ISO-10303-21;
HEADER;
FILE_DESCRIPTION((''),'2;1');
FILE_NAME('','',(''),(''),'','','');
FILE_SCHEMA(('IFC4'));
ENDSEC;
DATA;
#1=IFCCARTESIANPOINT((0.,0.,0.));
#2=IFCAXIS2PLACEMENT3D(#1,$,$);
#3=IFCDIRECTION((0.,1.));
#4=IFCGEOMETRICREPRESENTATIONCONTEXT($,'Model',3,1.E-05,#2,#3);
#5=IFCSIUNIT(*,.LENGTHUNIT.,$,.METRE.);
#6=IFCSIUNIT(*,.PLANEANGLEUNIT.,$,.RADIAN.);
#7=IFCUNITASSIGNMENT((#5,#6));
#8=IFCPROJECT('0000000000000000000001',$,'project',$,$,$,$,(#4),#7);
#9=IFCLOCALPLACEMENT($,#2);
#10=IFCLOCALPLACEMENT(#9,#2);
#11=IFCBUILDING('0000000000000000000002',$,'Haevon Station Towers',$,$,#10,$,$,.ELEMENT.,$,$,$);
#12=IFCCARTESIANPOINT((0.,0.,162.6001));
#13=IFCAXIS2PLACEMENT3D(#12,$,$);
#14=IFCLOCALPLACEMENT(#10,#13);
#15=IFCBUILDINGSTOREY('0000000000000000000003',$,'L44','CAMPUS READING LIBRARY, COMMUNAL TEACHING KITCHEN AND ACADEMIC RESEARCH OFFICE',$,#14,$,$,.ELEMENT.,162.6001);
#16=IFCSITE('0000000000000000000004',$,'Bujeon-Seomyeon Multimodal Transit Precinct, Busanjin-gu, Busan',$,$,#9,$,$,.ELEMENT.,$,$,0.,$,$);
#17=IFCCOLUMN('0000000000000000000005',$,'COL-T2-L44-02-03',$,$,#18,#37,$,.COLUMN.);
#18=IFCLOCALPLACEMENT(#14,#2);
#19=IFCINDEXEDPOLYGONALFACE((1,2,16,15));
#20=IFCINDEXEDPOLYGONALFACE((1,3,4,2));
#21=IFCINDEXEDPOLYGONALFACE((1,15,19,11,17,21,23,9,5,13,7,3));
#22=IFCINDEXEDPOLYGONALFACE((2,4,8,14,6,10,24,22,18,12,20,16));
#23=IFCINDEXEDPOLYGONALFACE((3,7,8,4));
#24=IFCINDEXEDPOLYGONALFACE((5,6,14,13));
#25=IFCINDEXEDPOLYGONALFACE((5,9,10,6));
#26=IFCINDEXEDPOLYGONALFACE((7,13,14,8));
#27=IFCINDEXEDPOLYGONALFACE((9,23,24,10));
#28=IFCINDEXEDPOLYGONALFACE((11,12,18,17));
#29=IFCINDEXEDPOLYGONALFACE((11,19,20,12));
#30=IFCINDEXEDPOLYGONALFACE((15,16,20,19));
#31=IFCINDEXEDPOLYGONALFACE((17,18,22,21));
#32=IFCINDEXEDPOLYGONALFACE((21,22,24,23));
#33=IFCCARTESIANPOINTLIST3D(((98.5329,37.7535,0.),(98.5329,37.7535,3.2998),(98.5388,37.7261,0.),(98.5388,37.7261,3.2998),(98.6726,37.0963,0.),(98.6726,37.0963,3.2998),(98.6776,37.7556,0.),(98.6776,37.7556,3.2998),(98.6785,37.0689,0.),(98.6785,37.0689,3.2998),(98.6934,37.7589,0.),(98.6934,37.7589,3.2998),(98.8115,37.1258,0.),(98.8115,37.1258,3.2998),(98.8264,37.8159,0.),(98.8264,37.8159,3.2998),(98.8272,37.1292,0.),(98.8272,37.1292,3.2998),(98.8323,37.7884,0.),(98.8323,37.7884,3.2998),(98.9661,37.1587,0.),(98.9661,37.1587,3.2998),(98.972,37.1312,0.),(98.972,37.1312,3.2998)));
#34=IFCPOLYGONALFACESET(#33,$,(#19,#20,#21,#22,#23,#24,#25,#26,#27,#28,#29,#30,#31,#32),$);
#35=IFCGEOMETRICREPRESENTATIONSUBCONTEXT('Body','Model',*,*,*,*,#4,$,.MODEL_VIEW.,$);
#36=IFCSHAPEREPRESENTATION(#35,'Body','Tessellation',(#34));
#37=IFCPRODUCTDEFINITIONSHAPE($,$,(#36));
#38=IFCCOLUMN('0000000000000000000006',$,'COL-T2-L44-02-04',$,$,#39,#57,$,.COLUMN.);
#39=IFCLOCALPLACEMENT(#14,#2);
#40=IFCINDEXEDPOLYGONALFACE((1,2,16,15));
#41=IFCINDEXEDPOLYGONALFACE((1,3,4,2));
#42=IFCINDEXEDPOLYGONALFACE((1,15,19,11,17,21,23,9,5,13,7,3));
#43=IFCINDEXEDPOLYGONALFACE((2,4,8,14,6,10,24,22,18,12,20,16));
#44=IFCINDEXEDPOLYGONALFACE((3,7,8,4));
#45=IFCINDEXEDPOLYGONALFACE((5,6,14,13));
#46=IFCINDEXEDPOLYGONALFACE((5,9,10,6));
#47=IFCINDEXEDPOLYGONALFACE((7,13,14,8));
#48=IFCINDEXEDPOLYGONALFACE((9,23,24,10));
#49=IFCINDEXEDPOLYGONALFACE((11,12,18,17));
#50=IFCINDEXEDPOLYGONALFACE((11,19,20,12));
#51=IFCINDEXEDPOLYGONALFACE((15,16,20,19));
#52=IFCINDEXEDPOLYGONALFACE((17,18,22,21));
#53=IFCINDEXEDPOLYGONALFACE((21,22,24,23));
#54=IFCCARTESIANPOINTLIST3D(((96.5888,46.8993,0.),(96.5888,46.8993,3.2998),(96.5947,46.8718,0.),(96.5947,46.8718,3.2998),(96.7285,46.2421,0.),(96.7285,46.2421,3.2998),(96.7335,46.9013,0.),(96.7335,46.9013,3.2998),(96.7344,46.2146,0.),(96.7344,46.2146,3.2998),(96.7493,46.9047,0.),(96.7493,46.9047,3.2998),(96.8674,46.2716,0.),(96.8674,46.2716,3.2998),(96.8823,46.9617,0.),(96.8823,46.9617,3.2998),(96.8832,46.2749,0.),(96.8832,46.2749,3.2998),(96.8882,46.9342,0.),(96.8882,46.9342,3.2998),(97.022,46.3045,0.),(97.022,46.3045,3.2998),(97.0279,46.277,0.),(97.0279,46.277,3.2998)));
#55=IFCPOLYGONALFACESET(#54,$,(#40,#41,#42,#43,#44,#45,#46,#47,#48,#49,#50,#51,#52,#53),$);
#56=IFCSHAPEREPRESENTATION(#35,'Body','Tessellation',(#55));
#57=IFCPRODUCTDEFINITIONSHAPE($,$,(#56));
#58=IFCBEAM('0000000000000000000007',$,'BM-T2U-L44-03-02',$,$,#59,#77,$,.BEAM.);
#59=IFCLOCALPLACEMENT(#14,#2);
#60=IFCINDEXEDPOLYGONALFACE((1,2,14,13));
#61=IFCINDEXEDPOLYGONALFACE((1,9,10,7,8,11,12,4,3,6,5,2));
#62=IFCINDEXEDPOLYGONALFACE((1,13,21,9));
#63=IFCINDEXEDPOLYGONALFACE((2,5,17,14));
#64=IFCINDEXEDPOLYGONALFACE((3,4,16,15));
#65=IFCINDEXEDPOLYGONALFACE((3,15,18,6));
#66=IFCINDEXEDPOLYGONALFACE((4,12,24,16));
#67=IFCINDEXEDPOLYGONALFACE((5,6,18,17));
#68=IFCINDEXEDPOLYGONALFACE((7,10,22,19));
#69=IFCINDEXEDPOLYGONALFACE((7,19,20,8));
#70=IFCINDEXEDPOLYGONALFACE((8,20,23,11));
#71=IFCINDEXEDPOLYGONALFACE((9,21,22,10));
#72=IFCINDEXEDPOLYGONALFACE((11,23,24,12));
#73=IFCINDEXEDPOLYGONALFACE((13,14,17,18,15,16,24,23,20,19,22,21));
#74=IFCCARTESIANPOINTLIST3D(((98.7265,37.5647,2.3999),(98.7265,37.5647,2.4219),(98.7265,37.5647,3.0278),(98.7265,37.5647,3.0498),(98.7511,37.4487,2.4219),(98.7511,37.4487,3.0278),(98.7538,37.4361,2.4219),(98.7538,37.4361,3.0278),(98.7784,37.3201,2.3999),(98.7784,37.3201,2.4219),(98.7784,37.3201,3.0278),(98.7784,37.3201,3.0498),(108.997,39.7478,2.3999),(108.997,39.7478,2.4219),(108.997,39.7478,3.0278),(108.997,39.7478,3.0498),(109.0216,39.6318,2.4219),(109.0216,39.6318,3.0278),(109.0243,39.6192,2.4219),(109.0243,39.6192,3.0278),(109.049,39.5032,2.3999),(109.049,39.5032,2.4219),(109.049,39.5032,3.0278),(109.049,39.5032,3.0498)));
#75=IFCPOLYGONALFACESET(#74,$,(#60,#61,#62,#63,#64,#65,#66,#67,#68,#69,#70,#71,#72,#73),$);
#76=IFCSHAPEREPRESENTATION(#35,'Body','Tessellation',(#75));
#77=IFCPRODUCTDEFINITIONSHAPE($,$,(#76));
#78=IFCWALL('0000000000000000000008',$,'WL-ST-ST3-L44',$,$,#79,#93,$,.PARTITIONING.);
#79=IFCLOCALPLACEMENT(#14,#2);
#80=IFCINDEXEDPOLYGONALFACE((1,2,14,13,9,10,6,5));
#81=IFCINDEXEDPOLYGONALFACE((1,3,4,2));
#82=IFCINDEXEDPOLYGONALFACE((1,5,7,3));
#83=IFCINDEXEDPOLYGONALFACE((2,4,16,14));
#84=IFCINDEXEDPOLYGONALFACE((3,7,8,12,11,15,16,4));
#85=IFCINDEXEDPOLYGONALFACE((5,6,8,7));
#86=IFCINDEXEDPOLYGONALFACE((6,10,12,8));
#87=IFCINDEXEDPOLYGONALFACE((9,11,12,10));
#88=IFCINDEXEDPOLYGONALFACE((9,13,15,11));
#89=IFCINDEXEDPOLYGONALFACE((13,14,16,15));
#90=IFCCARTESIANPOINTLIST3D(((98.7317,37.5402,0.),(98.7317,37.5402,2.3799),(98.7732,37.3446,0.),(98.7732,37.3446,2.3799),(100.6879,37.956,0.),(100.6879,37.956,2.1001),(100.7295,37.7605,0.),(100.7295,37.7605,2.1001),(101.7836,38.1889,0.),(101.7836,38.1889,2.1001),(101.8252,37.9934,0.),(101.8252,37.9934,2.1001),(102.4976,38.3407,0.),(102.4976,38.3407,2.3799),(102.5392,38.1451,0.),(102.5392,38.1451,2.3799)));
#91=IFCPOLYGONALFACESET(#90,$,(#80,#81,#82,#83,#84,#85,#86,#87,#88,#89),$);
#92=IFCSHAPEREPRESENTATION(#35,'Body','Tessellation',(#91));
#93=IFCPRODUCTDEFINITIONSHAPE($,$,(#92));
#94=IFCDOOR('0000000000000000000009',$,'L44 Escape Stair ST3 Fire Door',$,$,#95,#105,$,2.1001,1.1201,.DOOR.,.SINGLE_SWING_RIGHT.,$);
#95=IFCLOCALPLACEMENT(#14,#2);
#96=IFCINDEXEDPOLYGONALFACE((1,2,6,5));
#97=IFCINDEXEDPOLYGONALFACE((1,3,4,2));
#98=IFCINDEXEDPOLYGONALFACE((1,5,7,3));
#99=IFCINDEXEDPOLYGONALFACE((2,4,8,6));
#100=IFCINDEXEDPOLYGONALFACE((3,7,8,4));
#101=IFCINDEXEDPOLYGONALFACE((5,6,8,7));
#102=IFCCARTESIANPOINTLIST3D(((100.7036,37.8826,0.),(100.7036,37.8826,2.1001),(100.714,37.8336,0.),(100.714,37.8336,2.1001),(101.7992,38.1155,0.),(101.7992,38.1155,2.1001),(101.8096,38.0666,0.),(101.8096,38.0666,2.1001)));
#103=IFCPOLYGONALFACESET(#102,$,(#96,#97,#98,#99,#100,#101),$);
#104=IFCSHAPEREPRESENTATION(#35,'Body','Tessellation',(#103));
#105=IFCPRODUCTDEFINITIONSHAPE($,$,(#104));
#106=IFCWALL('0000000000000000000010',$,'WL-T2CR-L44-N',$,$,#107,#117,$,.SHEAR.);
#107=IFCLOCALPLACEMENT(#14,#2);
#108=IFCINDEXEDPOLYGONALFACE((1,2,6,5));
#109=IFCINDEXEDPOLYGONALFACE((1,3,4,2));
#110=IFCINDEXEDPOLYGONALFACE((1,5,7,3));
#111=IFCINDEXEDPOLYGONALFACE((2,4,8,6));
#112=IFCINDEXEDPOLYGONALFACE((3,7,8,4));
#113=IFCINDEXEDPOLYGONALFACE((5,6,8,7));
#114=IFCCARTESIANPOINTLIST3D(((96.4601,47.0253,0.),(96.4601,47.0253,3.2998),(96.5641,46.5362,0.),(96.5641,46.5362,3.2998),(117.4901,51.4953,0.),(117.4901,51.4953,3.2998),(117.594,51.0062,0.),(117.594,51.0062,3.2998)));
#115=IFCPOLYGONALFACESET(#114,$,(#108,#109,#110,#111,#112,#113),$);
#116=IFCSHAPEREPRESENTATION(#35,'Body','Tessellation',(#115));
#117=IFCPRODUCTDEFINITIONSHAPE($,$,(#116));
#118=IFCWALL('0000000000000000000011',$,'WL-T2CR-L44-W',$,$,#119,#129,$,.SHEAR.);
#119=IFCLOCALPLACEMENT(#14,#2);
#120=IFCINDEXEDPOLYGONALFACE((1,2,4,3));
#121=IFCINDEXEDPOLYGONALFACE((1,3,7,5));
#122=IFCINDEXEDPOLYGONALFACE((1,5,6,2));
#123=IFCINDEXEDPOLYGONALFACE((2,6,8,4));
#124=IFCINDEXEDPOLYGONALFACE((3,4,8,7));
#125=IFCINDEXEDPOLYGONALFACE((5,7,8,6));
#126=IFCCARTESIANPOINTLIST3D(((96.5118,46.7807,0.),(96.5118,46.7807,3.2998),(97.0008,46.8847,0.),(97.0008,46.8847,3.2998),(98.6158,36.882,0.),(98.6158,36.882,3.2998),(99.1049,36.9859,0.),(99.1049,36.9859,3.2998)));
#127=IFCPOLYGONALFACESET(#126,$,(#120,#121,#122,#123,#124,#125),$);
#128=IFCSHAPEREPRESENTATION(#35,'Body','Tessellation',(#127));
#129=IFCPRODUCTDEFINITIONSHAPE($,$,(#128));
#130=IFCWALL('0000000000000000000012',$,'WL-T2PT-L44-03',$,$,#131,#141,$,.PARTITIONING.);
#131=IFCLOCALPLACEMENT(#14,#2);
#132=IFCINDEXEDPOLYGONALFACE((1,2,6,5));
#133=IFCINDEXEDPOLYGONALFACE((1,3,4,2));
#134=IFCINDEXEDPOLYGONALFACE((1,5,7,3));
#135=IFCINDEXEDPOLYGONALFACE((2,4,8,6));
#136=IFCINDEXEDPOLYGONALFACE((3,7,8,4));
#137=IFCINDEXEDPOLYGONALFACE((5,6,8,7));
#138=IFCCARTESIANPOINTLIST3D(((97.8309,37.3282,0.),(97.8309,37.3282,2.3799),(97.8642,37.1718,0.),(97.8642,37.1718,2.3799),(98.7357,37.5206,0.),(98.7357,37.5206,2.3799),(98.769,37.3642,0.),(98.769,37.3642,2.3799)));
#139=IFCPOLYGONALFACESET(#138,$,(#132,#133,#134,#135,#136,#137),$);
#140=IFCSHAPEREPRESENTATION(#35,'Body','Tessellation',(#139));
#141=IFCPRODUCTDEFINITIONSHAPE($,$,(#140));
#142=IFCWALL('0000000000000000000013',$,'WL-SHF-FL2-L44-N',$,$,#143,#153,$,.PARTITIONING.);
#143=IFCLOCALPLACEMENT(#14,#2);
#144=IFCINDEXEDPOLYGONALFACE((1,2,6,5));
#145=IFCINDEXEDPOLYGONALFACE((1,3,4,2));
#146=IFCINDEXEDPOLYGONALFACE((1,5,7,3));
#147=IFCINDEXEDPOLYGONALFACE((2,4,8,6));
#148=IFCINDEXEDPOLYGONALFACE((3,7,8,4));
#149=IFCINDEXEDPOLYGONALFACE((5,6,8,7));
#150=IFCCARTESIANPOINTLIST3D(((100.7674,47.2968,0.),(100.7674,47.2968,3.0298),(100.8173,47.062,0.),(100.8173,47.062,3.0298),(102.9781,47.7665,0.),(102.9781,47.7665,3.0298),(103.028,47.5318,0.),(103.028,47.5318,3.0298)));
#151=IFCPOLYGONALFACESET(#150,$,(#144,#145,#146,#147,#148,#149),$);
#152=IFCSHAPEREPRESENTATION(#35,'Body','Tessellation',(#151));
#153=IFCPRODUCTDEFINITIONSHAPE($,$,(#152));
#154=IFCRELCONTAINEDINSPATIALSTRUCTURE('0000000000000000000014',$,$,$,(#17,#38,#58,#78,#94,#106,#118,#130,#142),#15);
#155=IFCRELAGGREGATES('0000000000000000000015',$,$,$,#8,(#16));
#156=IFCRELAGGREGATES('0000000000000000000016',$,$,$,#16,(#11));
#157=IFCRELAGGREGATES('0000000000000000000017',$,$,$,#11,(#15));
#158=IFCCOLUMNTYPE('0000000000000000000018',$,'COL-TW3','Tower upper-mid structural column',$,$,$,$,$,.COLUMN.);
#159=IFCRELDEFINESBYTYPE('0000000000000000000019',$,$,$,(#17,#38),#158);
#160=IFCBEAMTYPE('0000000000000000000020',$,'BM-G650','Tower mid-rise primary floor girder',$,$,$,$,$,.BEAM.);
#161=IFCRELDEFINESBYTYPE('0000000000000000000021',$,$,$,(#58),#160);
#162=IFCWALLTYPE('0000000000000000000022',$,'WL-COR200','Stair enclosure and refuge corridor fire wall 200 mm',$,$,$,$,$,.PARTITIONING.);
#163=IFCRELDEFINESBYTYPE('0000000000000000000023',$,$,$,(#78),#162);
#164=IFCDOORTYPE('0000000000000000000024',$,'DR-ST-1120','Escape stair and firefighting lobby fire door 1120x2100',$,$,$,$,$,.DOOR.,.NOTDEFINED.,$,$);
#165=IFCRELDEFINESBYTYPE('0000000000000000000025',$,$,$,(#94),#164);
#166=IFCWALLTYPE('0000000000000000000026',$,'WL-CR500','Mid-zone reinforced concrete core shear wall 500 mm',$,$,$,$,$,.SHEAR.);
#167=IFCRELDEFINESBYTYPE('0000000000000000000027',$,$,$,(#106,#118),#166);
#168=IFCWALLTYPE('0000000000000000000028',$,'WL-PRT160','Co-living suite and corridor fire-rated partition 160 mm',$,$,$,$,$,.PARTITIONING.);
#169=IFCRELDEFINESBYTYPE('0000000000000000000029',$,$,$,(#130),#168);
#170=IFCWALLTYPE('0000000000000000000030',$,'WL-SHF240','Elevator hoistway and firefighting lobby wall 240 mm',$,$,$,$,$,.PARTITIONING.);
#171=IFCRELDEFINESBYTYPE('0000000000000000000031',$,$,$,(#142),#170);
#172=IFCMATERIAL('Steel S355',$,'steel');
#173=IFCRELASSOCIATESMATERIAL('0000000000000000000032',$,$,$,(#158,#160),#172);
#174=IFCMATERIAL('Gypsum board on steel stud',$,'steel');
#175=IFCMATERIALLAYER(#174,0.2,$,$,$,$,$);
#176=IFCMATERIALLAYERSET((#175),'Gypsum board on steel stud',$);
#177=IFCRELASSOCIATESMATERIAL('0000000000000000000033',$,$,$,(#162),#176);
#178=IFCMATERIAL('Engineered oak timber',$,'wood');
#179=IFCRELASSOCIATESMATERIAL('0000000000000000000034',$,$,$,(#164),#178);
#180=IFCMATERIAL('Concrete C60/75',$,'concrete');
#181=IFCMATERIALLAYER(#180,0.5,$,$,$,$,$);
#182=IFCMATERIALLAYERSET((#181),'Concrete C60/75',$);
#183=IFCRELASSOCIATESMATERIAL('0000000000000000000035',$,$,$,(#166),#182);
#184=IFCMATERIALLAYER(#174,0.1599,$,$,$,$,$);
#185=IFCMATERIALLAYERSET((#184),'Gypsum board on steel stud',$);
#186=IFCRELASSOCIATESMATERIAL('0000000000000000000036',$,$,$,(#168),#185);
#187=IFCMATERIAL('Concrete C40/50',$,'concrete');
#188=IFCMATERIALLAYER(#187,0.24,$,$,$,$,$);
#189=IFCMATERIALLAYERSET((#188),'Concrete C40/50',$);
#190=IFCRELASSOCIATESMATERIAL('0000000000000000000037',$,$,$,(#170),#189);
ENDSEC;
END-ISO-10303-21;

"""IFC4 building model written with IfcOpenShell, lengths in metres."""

from ifc_helpers import new_model, si_unit, direction, frame, frame_2d, origin, origin_2d, place, context, subcontext, project, spatial, rectangle, i_section, extrude, material, layer, layer_set, material_profile, profile_set, type_object, element, fill, save


model = new_model("IFC4")

# Units and contexts
model_context = context("Model", 3, precision=1e-05, world=origin(), true_north=direction((0.0, 1.0)))
body_context = subcontext(model_context, "Body", "Model", "MODEL_VIEW")
ifc_project = project(units=[si_unit("LENGTHUNIT", "METRE"), si_unit("PLANEANGLEUNIT", "RADIAN")], contexts=[model_context])

# Site, building, storey
site_placement = place(None, origin())
site = spatial("IfcSite", under=ifc_project, at=site_placement, Name="Bujeon-Seomyeon Multimodal Transit Precinct, Busanjin-gu, Busan", CompositionType="ELEMENT", RefElevation=0.0)
building_placement = place(site_placement, origin())
building = spatial("IfcBuilding", under=site, at=building_placement, Name="Haevon Station Towers", CompositionType="ELEMENT")
storey_placement = place(building_placement, frame((0.0, 0.0, 162.6001)))
storey = spatial("IfcBuildingStorey", under=building, at=storey_placement, Name="L44", Description="CAMPUS READING LIBRARY, COMMUNAL TEACHING KITCHEN AND ACADEMIC RESEARCH OFFICE", CompositionType="ELEMENT", Elevation=162.6001)

# Columns
ifc_material_1 = material(Name="Steel S355", Category="steel")
ifc_material_profile_1 = material_profile(ifc_material_1, i_section(OverallWidth=0.3, OverallDepth=0.7, WebThickness=0.0161, FlangeThickness=0.0281, at=origin_2d()), Name="H-700x300x16x28")
ifc_profile_set_1 = profile_set([ifc_material_profile_1], Name="Steel S355")
column_type = type_object("IfcColumnType", Name="COL-TW3", Description="Tower upper-mid structural column", PredefinedType="COLUMN", material=ifc_profile_set_1)
for number, where, z_axis, x_axis, name in (
    (1, (98.7524, 37.4424, 0.0), (0.0, 0.0, 1.0), (0.978148, 0.207912, 0.0), "COL-T2-L44-02-03"),
    (2, (96.8083, 46.5881, 0.0), (0.0, 0.0, 1.0), (0.978148, 0.207912, 0.0), "COL-T2-L44-02-04"),
):
    element("IfcColumn", number, at=place(storey_placement, frame(where, z_axis=z_axis, x_axis=x_axis)), inside=storey, type_object=column_type, Name=name, PredefinedType="COLUMN", context=body_context, shape_type="SweptSolid", body=[
        extrude(i_section(OverallWidth=0.3, OverallDepth=0.7, WebThickness=0.0161, FlangeThickness=0.0281, at=origin_2d()), origin(), (0.0, 0.0, 1.0), 3.2998),
    ])

# Beam
ifc_material_profile_2 = material_profile(ifc_material_1, i_section(OverallWidth=0.25, OverallDepth=0.6499, WebThickness=0.0129, FlangeThickness=0.022, at=origin_2d()), Name="H-650x250x13x22")
ifc_profile_set_2 = profile_set([ifc_material_profile_2], Name="Steel S355")
beam_type = type_object("IfcBeamType", Name="BM-G650", Description="Tower mid-rise primary floor girder", PredefinedType="BEAM", material=ifc_profile_set_2)
beam_placement = place(storey_placement, frame((98.7524, 37.4424, 2.7249), z_axis=(0.978147, 0.207915, 0.0), x_axis=(-0.207915, 0.978147, 0.0)))
element("IfcBeam", 3, at=beam_placement, inside=storey, type_object=beam_type, Name="BM-T2U-L44-03-02", PredefinedType="BEAM", context=body_context, shape_type="SweptSolid", body=[
    extrude(i_section(OverallWidth=0.25, OverallDepth=0.6499, WebThickness=0.0129, FlangeThickness=0.022, at=origin_2d()), origin(), (0.0, 0.0, 1.0), 10.5),
])

# Wall, opening, door
ifc_material_2 = material(Name="Gypsum board on steel stud", Category="steel")
ifc_layer_1 = layer(ifc_material_2, 0.2)
ifc_layer_set_1 = layer_set([ifc_layer_1], Name="Gypsum board on steel stud")
wall_type_1 = type_object("IfcWallType", Name="WL-COR200", Description="Stair enclosure and refuge corridor fire wall 200 mm", PredefinedType="PARTITIONING", material=ifc_layer_set_1)
wall_1_placement = place(storey_placement, frame((98.7524, 37.4424, 0.0), z_axis=(0.0, 0.0, 1.0), x_axis=(0.978144, 0.207931, 0.0)))
wall_1 = element("IfcWall", 4, at=wall_1_placement, inside=storey, type_object=wall_type_1, Name="WL-ST-ST3-L44", PredefinedType="PARTITIONING", context=body_context, shape_type="SweptSolid", body=[
    extrude(rectangle(XDim=3.8501, YDim=0.2, at=frame_2d((1.925, 0.0))), origin(), (0.0, 0.0, 1.0), 2.3799),
])
opening_1_placement = place(wall_1_placement, frame((2.0, 0.0, 0.0)))
opening_1 = element("IfcOpeningElement", 5, at=opening_1_placement, cuts=wall_1, PredefinedType="OPENING", context=body_context, shape_type="SweptSolid", body=[
    extrude(rectangle(XDim=1.1201, YDim=2.1001, at=frame_2d((0.5601, 1.05))), frame((0.0, 0.1099, 0.0), z_axis=(0.0, -1.0, 0.0), x_axis=(1.0, 0.0, 0.0)), (0.0, 0.0, 1.0), 0.22),
])
ifc_material_3 = material(Name="Engineered oak timber", Category="wood")
door_type_1 = type_object("IfcDoorType", Name="DR-ST-1120", Description="Escape stair and firefighting lobby fire door 1120x2100", OperationType="NOTDEFINED", PredefinedType="DOOR", material=ifc_material_3)
door_1_placement = place(opening_1_placement, origin())
door_1 = element("IfcDoor", 6, at=door_1_placement, inside=storey, type_object=door_type_1, Name="L44 Escape Stair ST3 Fire Door", OperationType="SINGLE_SWING_RIGHT", OverallHeight=2.1001, OverallWidth=1.1201, PredefinedType="DOOR", context=body_context, shape_type="SweptSolid", body=[
    extrude(rectangle(XDim=1.1201, YDim=2.1001, at=frame_2d((0.5601, 1.05))), frame((0.0, 0.0249, 0.0), z_axis=(0.0, -1.0, 0.0), x_axis=(1.0, 0.0, 0.0)), (0.0, 0.0, 1.0), 0.05),
])
fill(opening_1, door_1)

# Walls
ifc_material_4 = material(Name="Concrete C60/75", Category="concrete")
ifc_layer_2 = layer(ifc_material_4, 0.5)
ifc_layer_set_2 = layer_set([ifc_layer_2], Name="Concrete C60/75")
wall_type_2 = type_object("IfcWallType", Name="WL-CR500", Description="Mid-zone reinforced concrete core shear wall 500 mm", PredefinedType="SHEAR", material=ifc_layer_set_2)
wall_2_placement = place(storey_placement, frame((96.512, 46.7808, 0.0), z_axis=(0.0, 0.0, 1.0), x_axis=(0.978149, 0.207907, 0.0)))
element("IfcWall", 7, at=wall_2_placement, inside=storey, type_object=wall_type_2, Name="WL-T2CR-L44-N", PredefinedType="SHEAR", context=body_context, shape_type="SweptSolid", body=[
    extrude(rectangle(XDim=21.4998, YDim=0.5, at=frame_2d((10.75, 0.0))), origin(), (0.0, 0.0, 1.0), 3.2998),
])
wall_3_placement = place(storey_placement, frame((98.8604, 36.9338, 0.0), z_axis=(0.0, 0.0, 1.0), x_axis=(-0.207909, 0.978148, 0.0)))
element("IfcWall", 8, at=wall_3_placement, inside=storey, type_object=wall_type_2, Name="WL-T2CR-L44-W", PredefinedType="SHEAR", context=body_context, shape_type="SweptSolid", body=[
    extrude(rectangle(XDim=10.1199, YDim=0.5, at=frame_2d((5.0601, 0.0))), origin(), (0.0, 0.0, 1.0), 3.2998),
])
ifc_layer_3 = layer(ifc_material_2, 0.1599)
ifc_layer_set_3 = layer_set([ifc_layer_3], Name="Gypsum board on steel stud")
wall_type_3 = type_object("IfcWallType", Name="WL-PRT160", Description="Co-living suite and corridor fire-rated partition 160 mm", PredefinedType="PARTITIONING", material=ifc_layer_set_3)
wall_4_placement = place(storey_placement, frame((97.8477, 37.25, 0.0), z_axis=(0.0, 0.0, 1.0), x_axis=(0.978133, 0.207979, 0.0)))
element("IfcWall", 9, at=wall_4_placement, inside=storey, type_object=wall_type_3, Name="WL-T2PT-L44-03", PredefinedType="PARTITIONING", context=body_context, shape_type="SweptSolid", body=[
    extrude(rectangle(XDim=0.925, YDim=0.1599, at=frame_2d((0.4624, 0.0))), origin(), (0.0, 0.0, 1.0), 2.3799),
])

# Shared definitions
ifc_material_5 = material(Name="Concrete C40/50", Category="concrete")
ifc_layer_4 = layer(ifc_material_5, 0.24)
ifc_layer_set_4 = layer_set([ifc_layer_4], Name="Concrete C40/50")
wall_type_4 = type_object("IfcWallType", Name="WL-SHF240", Description="Elevator hoistway and firefighting lobby wall 240 mm", PredefinedType="PARTITIONING", material=ifc_layer_set_4)

# Wall
wall_5_placement = place(storey_placement, frame((100.7925, 47.1794, 0.0), z_axis=(0.0, 0.0, 1.0), x_axis=(0.978163, 0.207839, 0.0)))
element("IfcWall", 10, at=wall_5_placement, inside=storey, type_object=wall_type_4, Name="WL-SHF-FL2-L44-N", PredefinedType="PARTITIONING", context=body_context, shape_type="SweptSolid", body=[
    extrude(rectangle(XDim=2.26, YDim=0.24, at=frame_2d((1.1299, 0.0))), origin(), (0.0, 0.0, 1.0), 3.0298),
])

save(model, "model.ifc")
